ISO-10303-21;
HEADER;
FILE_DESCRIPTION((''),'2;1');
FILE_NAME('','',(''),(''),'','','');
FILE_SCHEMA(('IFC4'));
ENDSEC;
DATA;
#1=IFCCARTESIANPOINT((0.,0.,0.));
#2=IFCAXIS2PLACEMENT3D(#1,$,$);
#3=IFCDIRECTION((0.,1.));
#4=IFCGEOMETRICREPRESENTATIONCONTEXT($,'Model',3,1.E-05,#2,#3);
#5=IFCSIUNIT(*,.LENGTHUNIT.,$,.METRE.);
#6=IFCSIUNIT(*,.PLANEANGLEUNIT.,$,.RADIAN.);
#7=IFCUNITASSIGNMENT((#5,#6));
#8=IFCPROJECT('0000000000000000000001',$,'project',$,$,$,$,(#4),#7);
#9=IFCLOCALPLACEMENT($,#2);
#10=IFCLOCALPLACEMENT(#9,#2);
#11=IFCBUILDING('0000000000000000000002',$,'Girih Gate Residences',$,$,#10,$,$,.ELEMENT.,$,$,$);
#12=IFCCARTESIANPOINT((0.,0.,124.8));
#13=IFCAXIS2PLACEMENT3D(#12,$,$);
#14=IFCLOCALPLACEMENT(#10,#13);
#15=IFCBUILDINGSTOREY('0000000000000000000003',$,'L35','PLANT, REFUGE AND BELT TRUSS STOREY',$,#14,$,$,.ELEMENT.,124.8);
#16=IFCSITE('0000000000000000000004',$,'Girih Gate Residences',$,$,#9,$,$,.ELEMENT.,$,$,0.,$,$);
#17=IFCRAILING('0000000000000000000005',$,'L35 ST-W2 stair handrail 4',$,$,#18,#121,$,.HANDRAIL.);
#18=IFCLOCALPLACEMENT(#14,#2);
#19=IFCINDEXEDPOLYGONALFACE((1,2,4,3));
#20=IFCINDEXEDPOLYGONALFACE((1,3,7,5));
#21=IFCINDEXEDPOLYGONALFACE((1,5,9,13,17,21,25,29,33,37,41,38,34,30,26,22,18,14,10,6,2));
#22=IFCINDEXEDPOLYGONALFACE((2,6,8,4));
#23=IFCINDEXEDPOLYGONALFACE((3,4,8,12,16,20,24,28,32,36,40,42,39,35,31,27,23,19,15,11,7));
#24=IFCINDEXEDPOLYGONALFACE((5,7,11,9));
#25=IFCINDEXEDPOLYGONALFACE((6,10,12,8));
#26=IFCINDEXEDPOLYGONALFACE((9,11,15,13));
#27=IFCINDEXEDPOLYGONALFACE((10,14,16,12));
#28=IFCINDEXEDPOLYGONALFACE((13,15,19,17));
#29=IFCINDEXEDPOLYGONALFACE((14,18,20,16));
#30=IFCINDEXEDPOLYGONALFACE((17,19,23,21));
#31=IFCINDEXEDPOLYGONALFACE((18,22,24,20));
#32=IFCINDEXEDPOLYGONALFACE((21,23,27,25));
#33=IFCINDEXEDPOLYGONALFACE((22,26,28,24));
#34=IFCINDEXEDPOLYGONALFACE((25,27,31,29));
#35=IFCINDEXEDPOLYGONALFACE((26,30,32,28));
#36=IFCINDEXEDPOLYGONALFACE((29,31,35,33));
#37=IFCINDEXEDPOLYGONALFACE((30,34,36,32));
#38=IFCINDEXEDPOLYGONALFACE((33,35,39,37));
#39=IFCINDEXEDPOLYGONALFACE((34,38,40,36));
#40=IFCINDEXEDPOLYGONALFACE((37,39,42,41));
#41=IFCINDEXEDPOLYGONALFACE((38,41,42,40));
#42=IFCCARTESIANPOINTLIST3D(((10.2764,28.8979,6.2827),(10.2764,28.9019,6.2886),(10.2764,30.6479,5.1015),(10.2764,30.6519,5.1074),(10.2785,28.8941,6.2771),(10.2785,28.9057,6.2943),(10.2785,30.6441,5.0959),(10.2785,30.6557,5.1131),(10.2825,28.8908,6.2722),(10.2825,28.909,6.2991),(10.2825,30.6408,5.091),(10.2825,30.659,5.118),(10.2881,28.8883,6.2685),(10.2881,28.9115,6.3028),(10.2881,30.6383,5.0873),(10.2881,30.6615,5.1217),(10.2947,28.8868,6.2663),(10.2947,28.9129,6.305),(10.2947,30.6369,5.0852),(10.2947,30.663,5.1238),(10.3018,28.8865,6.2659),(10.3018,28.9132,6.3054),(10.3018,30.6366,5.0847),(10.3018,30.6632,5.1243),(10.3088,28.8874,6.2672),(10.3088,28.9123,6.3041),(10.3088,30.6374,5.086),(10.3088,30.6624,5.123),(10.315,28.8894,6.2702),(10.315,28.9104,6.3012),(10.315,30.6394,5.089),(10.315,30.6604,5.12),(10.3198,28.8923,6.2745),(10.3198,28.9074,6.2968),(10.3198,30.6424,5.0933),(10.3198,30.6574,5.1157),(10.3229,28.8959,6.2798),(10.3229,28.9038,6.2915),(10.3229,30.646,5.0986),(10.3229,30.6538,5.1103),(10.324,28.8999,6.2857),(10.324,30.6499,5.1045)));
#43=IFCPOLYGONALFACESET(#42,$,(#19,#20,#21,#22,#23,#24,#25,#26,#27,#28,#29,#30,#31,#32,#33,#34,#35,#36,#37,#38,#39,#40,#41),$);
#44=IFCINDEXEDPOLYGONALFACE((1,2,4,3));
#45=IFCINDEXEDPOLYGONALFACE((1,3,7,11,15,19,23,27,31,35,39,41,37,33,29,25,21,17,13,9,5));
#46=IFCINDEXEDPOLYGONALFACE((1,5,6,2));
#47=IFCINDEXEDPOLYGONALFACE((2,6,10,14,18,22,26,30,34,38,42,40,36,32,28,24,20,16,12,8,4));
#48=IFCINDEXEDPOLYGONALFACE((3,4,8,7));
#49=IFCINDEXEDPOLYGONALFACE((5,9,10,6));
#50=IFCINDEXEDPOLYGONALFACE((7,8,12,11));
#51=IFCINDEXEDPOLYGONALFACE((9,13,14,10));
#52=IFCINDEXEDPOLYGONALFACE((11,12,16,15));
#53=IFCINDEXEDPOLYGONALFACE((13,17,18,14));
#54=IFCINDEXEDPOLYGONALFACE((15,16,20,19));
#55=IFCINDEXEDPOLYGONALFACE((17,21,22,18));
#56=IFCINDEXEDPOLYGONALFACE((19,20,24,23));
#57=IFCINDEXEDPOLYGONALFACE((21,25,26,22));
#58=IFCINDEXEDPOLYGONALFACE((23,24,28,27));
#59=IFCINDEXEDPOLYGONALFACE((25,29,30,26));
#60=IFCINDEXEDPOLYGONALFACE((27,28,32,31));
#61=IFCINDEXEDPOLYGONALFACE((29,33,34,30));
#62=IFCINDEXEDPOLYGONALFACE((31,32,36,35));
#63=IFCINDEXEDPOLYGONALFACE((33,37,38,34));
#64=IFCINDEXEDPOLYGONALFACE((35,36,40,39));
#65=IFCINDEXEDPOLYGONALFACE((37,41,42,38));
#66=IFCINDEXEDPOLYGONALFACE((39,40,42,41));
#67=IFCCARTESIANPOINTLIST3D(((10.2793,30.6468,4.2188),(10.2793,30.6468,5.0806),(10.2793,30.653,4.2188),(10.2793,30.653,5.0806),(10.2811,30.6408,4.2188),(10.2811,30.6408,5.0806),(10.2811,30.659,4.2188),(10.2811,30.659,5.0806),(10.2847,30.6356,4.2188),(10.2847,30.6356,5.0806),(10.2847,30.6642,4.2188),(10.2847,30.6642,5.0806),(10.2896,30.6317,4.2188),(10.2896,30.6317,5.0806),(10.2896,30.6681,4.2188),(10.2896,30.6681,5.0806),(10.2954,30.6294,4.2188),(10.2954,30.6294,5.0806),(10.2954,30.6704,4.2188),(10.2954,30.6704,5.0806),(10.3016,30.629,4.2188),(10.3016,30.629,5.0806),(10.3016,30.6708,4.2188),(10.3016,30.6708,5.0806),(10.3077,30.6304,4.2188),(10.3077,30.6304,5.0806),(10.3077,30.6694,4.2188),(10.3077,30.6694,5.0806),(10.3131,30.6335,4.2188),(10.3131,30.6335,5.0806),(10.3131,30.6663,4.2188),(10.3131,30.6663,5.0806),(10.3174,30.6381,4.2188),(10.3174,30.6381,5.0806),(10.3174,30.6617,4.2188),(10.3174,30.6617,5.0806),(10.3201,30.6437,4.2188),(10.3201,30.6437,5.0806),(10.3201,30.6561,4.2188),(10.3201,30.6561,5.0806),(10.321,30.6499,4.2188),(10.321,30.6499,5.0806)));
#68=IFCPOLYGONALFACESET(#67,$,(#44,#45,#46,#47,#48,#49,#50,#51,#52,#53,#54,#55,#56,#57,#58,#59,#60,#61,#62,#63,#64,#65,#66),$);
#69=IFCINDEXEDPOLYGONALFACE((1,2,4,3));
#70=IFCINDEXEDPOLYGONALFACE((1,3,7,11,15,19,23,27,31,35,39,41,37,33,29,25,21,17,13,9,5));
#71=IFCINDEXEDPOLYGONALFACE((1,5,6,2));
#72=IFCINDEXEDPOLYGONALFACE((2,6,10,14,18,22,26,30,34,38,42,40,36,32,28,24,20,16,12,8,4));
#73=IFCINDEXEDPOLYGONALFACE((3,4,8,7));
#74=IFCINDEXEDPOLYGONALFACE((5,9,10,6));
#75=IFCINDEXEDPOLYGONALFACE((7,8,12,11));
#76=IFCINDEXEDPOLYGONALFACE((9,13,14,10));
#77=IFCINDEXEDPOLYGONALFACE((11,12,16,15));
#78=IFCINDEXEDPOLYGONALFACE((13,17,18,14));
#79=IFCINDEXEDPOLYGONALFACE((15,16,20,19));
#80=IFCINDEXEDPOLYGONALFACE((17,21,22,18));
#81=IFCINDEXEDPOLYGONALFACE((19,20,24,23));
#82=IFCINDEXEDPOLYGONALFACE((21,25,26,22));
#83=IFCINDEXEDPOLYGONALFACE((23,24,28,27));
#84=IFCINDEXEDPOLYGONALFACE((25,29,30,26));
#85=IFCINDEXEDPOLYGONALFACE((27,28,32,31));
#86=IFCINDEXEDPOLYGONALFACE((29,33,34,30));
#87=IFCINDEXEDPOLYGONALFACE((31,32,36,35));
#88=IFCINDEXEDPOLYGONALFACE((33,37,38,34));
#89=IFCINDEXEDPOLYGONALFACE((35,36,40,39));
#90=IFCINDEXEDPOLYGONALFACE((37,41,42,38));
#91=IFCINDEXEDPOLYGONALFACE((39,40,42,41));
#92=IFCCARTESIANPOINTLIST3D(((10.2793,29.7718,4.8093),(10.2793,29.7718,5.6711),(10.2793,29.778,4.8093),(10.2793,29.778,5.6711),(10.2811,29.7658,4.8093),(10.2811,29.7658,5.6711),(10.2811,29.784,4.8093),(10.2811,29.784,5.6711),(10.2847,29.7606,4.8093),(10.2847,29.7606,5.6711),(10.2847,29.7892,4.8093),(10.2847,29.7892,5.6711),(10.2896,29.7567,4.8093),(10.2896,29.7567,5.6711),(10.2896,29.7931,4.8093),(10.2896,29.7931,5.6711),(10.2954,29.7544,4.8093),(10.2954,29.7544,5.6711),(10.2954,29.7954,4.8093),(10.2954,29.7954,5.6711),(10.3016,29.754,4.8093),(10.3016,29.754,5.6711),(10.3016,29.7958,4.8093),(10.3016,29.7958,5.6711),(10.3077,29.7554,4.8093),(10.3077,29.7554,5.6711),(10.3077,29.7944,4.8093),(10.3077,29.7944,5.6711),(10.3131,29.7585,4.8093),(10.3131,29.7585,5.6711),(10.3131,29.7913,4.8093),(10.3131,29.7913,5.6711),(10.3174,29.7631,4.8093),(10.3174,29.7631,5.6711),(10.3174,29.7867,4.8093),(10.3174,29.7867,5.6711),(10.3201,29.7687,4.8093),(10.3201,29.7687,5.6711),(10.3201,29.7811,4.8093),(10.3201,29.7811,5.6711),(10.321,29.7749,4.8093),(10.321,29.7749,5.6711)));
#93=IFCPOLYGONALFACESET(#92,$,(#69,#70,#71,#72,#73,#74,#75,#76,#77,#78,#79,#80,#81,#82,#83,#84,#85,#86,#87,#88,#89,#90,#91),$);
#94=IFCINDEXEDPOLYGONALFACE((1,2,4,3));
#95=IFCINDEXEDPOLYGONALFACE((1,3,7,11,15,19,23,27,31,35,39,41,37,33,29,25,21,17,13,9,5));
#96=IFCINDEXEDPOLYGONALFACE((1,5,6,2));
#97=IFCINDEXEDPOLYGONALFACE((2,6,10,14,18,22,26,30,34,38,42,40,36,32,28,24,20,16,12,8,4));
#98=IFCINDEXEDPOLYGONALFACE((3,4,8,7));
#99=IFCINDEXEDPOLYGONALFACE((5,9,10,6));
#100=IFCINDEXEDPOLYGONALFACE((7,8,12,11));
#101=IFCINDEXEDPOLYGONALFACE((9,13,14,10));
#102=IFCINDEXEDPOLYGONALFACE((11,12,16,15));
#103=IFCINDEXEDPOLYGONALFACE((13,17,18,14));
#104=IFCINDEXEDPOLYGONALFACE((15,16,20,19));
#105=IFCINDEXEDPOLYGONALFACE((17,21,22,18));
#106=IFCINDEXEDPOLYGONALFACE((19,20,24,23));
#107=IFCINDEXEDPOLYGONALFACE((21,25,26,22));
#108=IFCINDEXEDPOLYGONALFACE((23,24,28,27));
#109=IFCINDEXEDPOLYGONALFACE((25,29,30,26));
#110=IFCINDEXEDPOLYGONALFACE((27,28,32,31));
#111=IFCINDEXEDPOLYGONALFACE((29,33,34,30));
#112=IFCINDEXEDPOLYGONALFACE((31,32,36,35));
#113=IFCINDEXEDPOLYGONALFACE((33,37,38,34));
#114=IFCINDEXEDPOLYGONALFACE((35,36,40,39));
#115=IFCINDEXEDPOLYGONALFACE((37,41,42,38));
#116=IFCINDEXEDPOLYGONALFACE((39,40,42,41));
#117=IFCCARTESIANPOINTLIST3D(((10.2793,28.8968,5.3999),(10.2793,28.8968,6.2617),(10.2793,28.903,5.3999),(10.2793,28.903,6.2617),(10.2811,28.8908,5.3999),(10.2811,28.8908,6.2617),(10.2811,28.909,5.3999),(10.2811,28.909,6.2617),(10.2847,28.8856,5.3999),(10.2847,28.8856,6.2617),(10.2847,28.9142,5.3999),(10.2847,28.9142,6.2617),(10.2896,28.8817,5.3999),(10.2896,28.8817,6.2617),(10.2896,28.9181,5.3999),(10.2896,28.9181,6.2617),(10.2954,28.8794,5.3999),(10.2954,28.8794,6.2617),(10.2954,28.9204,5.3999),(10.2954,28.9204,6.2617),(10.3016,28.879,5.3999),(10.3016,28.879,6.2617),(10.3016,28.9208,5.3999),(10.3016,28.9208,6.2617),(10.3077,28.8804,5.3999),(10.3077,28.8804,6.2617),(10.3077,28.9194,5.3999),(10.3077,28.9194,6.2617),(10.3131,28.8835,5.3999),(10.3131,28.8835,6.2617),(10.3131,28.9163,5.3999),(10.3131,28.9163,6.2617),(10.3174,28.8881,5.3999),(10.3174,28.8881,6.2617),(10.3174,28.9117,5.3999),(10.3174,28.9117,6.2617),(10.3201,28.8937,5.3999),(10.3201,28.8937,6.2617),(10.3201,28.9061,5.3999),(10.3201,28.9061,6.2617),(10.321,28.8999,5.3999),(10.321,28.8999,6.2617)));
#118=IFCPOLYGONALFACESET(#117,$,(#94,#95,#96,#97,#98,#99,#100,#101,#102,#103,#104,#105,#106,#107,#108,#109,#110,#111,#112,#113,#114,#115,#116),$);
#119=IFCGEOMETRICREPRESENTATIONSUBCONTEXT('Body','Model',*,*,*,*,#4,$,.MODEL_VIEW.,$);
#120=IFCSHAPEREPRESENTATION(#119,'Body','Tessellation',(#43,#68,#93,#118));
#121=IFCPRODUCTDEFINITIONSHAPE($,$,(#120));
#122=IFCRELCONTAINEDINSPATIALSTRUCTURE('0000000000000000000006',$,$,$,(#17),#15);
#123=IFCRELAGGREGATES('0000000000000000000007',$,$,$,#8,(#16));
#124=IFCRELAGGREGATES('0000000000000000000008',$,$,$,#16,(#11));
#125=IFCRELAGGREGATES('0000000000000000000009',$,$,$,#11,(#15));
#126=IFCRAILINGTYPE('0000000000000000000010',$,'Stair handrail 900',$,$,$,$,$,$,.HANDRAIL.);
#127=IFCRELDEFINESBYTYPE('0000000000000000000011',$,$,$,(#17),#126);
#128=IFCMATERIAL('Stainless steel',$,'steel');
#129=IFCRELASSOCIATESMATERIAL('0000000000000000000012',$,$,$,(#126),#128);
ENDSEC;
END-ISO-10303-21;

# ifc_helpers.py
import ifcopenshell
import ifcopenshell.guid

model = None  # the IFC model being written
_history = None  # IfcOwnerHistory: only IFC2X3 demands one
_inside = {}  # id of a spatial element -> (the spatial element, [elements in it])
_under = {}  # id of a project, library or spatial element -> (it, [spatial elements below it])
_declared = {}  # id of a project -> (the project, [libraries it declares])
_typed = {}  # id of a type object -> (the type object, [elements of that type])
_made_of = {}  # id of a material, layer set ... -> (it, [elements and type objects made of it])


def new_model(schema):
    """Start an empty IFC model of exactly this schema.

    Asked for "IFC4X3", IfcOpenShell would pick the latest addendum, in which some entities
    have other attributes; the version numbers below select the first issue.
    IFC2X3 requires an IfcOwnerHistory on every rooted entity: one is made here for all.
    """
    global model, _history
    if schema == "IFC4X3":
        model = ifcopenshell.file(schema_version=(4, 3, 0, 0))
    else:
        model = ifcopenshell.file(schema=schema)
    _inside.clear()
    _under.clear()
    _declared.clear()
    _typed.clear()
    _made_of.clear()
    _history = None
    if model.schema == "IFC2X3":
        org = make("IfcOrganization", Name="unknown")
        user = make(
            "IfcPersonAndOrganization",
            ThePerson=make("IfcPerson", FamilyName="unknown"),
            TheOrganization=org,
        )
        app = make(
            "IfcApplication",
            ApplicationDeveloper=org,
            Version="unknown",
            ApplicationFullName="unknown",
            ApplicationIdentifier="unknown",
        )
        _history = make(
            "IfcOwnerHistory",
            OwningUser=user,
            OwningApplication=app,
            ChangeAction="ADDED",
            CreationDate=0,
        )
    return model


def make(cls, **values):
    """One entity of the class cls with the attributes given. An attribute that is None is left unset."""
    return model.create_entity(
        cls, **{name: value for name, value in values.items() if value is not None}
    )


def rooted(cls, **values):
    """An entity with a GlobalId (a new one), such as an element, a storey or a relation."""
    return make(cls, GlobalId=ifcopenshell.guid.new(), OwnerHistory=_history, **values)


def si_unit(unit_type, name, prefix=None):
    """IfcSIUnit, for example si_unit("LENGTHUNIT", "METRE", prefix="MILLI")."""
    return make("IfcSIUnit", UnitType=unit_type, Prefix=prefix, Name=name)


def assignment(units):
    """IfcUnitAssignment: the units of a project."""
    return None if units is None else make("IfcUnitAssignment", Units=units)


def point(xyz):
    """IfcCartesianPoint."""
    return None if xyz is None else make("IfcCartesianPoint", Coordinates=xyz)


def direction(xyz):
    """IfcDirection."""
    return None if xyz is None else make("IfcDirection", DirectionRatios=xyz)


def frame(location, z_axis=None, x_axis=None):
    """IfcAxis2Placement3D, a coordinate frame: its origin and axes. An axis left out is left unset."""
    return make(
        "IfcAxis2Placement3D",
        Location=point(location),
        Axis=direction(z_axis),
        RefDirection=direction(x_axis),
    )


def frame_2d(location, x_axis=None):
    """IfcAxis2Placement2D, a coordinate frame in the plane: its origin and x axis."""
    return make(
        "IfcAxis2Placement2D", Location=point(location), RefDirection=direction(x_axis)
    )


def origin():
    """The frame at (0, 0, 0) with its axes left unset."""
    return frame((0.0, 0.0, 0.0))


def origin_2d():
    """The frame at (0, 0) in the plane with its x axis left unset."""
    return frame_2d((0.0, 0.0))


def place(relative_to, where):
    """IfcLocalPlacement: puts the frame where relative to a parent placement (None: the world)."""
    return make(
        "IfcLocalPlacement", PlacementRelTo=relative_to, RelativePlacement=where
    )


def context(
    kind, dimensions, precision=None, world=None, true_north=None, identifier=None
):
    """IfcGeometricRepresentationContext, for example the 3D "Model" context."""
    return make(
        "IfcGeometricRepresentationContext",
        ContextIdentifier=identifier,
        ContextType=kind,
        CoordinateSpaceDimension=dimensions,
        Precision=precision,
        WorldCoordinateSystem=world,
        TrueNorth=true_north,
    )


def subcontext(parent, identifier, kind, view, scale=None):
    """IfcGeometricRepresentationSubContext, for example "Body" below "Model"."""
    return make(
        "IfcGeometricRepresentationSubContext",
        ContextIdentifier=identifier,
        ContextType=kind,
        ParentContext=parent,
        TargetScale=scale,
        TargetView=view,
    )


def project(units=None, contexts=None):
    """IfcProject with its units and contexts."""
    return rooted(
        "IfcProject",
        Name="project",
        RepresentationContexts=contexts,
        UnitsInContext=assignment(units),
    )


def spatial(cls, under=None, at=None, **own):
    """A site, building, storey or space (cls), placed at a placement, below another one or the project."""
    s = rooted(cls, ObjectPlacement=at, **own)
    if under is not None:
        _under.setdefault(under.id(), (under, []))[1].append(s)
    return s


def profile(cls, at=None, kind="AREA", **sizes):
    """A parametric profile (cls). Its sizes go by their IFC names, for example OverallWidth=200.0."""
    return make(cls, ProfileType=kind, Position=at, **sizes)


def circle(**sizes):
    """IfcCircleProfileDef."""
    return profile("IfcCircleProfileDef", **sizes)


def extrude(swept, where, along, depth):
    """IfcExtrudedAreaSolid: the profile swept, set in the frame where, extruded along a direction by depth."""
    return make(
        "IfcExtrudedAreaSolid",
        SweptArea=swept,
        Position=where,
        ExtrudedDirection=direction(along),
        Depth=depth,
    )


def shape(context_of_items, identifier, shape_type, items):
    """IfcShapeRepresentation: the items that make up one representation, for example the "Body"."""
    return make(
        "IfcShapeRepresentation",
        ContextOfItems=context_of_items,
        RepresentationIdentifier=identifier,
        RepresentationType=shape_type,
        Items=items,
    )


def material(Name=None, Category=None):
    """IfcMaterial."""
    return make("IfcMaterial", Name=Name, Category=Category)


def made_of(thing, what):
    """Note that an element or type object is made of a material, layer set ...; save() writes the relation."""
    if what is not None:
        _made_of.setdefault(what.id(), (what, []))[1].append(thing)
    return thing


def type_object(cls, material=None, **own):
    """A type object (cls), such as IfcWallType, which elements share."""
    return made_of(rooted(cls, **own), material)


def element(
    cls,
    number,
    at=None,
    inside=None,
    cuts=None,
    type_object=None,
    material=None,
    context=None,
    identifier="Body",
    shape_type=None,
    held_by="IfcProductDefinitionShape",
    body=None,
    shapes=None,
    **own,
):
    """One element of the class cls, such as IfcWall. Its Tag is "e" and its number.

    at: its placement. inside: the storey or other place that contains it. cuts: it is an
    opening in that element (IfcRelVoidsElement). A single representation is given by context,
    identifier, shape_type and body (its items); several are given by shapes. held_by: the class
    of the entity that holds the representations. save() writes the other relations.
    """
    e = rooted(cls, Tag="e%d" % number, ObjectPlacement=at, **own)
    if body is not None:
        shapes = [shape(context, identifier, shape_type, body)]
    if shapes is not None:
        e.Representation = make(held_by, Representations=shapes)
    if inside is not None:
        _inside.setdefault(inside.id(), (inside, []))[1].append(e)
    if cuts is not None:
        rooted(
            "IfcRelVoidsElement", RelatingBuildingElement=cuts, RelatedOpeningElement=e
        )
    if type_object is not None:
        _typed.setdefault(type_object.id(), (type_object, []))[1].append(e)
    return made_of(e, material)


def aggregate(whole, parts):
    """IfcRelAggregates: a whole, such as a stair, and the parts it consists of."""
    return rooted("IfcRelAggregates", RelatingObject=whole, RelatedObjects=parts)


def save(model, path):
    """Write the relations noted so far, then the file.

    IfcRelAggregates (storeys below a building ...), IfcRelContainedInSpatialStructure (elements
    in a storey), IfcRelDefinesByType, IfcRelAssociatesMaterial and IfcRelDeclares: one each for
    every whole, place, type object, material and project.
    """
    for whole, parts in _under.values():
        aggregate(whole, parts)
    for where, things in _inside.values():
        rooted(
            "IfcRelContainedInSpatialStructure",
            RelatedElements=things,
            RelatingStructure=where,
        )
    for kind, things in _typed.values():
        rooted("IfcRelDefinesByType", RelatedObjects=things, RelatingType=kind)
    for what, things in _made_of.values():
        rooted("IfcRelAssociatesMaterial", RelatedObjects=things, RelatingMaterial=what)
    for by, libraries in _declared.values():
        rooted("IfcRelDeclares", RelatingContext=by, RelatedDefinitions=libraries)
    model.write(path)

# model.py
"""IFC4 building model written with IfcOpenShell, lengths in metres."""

from ifc_helpers import new_model, si_unit, direction, frame, origin, origin_2d, place, context, subcontext, project, spatial, circle, extrude, material, type_object, element, save


model = new_model("IFC4")

# Units and contexts
model_context = context("Model", 3, precision=1e-05, world=origin(), true_north=direction((0.0, 1.0)))
body_context = subcontext(model_context, "Body", "Model", "MODEL_VIEW")
ifc_project = project(units=[si_unit("LENGTHUNIT", "METRE"), si_unit("PLANEANGLEUNIT", "RADIAN")], contexts=[model_context])

# Site, building, storey
site_placement = place(None, origin())
site = spatial("IfcSite", under=ifc_project, at=site_placement, Name="Girih Gate Residences", CompositionType="ELEMENT", RefElevation=0.0)
building_placement = place(site_placement, origin())
building = spatial("IfcBuilding", under=site, at=building_placement, Name="Girih Gate Residences", CompositionType="ELEMENT")
storey_placement = place(building_placement, frame((0.0, 0.0, 124.8)))
storey = spatial("IfcBuildingStorey", under=building, at=storey_placement, Name="L35", Description="PLANT, REFUGE AND BELT TRUSS STOREY", CompositionType="ELEMENT", Elevation=124.8)

# Railing
ifc_material_1 = material(Name="Stainless steel", Category="steel")
railing_type_1 = type_object("IfcRailingType", Name="Stair handrail 900", PredefinedType="HANDRAIL", material=ifc_material_1)
railing_1_placement = place(storey_placement, frame((10.3, 30.6499, 4.2188)))
element("IfcRailing", 1, at=railing_1_placement, inside=storey, type_object=railing_type_1, Name="L35 ST-W2 stair handrail 4", PredefinedType="HANDRAIL", context=body_context, shape_type="SweptSolid", body=[
    extrude(circle(Radius=0.0239, at=origin_2d()), frame((0.0, 0.0, 0.8857), z_axis=(0.0, -0.82887, 0.559441), x_axis=(1.0, 0.0, 0.0)), (0.0, 0.0, 1.0), 2.1113),
    extrude(circle(Radius=0.021, at=origin_2d()), origin(), (0.0, 0.0, 1.0), 0.8618),
    extrude(circle(Radius=0.021, at=origin_2d()), frame((0.0, -0.875, 0.5906)), (0.0, 0.0, 1.0), 0.8618),
    extrude(circle(Radius=0.021, at=origin_2d()), frame((0.0, -1.75, 1.1812)), (0.0, 0.0, 1.0), 0.8618),
])

save(model, "model.ifc")
